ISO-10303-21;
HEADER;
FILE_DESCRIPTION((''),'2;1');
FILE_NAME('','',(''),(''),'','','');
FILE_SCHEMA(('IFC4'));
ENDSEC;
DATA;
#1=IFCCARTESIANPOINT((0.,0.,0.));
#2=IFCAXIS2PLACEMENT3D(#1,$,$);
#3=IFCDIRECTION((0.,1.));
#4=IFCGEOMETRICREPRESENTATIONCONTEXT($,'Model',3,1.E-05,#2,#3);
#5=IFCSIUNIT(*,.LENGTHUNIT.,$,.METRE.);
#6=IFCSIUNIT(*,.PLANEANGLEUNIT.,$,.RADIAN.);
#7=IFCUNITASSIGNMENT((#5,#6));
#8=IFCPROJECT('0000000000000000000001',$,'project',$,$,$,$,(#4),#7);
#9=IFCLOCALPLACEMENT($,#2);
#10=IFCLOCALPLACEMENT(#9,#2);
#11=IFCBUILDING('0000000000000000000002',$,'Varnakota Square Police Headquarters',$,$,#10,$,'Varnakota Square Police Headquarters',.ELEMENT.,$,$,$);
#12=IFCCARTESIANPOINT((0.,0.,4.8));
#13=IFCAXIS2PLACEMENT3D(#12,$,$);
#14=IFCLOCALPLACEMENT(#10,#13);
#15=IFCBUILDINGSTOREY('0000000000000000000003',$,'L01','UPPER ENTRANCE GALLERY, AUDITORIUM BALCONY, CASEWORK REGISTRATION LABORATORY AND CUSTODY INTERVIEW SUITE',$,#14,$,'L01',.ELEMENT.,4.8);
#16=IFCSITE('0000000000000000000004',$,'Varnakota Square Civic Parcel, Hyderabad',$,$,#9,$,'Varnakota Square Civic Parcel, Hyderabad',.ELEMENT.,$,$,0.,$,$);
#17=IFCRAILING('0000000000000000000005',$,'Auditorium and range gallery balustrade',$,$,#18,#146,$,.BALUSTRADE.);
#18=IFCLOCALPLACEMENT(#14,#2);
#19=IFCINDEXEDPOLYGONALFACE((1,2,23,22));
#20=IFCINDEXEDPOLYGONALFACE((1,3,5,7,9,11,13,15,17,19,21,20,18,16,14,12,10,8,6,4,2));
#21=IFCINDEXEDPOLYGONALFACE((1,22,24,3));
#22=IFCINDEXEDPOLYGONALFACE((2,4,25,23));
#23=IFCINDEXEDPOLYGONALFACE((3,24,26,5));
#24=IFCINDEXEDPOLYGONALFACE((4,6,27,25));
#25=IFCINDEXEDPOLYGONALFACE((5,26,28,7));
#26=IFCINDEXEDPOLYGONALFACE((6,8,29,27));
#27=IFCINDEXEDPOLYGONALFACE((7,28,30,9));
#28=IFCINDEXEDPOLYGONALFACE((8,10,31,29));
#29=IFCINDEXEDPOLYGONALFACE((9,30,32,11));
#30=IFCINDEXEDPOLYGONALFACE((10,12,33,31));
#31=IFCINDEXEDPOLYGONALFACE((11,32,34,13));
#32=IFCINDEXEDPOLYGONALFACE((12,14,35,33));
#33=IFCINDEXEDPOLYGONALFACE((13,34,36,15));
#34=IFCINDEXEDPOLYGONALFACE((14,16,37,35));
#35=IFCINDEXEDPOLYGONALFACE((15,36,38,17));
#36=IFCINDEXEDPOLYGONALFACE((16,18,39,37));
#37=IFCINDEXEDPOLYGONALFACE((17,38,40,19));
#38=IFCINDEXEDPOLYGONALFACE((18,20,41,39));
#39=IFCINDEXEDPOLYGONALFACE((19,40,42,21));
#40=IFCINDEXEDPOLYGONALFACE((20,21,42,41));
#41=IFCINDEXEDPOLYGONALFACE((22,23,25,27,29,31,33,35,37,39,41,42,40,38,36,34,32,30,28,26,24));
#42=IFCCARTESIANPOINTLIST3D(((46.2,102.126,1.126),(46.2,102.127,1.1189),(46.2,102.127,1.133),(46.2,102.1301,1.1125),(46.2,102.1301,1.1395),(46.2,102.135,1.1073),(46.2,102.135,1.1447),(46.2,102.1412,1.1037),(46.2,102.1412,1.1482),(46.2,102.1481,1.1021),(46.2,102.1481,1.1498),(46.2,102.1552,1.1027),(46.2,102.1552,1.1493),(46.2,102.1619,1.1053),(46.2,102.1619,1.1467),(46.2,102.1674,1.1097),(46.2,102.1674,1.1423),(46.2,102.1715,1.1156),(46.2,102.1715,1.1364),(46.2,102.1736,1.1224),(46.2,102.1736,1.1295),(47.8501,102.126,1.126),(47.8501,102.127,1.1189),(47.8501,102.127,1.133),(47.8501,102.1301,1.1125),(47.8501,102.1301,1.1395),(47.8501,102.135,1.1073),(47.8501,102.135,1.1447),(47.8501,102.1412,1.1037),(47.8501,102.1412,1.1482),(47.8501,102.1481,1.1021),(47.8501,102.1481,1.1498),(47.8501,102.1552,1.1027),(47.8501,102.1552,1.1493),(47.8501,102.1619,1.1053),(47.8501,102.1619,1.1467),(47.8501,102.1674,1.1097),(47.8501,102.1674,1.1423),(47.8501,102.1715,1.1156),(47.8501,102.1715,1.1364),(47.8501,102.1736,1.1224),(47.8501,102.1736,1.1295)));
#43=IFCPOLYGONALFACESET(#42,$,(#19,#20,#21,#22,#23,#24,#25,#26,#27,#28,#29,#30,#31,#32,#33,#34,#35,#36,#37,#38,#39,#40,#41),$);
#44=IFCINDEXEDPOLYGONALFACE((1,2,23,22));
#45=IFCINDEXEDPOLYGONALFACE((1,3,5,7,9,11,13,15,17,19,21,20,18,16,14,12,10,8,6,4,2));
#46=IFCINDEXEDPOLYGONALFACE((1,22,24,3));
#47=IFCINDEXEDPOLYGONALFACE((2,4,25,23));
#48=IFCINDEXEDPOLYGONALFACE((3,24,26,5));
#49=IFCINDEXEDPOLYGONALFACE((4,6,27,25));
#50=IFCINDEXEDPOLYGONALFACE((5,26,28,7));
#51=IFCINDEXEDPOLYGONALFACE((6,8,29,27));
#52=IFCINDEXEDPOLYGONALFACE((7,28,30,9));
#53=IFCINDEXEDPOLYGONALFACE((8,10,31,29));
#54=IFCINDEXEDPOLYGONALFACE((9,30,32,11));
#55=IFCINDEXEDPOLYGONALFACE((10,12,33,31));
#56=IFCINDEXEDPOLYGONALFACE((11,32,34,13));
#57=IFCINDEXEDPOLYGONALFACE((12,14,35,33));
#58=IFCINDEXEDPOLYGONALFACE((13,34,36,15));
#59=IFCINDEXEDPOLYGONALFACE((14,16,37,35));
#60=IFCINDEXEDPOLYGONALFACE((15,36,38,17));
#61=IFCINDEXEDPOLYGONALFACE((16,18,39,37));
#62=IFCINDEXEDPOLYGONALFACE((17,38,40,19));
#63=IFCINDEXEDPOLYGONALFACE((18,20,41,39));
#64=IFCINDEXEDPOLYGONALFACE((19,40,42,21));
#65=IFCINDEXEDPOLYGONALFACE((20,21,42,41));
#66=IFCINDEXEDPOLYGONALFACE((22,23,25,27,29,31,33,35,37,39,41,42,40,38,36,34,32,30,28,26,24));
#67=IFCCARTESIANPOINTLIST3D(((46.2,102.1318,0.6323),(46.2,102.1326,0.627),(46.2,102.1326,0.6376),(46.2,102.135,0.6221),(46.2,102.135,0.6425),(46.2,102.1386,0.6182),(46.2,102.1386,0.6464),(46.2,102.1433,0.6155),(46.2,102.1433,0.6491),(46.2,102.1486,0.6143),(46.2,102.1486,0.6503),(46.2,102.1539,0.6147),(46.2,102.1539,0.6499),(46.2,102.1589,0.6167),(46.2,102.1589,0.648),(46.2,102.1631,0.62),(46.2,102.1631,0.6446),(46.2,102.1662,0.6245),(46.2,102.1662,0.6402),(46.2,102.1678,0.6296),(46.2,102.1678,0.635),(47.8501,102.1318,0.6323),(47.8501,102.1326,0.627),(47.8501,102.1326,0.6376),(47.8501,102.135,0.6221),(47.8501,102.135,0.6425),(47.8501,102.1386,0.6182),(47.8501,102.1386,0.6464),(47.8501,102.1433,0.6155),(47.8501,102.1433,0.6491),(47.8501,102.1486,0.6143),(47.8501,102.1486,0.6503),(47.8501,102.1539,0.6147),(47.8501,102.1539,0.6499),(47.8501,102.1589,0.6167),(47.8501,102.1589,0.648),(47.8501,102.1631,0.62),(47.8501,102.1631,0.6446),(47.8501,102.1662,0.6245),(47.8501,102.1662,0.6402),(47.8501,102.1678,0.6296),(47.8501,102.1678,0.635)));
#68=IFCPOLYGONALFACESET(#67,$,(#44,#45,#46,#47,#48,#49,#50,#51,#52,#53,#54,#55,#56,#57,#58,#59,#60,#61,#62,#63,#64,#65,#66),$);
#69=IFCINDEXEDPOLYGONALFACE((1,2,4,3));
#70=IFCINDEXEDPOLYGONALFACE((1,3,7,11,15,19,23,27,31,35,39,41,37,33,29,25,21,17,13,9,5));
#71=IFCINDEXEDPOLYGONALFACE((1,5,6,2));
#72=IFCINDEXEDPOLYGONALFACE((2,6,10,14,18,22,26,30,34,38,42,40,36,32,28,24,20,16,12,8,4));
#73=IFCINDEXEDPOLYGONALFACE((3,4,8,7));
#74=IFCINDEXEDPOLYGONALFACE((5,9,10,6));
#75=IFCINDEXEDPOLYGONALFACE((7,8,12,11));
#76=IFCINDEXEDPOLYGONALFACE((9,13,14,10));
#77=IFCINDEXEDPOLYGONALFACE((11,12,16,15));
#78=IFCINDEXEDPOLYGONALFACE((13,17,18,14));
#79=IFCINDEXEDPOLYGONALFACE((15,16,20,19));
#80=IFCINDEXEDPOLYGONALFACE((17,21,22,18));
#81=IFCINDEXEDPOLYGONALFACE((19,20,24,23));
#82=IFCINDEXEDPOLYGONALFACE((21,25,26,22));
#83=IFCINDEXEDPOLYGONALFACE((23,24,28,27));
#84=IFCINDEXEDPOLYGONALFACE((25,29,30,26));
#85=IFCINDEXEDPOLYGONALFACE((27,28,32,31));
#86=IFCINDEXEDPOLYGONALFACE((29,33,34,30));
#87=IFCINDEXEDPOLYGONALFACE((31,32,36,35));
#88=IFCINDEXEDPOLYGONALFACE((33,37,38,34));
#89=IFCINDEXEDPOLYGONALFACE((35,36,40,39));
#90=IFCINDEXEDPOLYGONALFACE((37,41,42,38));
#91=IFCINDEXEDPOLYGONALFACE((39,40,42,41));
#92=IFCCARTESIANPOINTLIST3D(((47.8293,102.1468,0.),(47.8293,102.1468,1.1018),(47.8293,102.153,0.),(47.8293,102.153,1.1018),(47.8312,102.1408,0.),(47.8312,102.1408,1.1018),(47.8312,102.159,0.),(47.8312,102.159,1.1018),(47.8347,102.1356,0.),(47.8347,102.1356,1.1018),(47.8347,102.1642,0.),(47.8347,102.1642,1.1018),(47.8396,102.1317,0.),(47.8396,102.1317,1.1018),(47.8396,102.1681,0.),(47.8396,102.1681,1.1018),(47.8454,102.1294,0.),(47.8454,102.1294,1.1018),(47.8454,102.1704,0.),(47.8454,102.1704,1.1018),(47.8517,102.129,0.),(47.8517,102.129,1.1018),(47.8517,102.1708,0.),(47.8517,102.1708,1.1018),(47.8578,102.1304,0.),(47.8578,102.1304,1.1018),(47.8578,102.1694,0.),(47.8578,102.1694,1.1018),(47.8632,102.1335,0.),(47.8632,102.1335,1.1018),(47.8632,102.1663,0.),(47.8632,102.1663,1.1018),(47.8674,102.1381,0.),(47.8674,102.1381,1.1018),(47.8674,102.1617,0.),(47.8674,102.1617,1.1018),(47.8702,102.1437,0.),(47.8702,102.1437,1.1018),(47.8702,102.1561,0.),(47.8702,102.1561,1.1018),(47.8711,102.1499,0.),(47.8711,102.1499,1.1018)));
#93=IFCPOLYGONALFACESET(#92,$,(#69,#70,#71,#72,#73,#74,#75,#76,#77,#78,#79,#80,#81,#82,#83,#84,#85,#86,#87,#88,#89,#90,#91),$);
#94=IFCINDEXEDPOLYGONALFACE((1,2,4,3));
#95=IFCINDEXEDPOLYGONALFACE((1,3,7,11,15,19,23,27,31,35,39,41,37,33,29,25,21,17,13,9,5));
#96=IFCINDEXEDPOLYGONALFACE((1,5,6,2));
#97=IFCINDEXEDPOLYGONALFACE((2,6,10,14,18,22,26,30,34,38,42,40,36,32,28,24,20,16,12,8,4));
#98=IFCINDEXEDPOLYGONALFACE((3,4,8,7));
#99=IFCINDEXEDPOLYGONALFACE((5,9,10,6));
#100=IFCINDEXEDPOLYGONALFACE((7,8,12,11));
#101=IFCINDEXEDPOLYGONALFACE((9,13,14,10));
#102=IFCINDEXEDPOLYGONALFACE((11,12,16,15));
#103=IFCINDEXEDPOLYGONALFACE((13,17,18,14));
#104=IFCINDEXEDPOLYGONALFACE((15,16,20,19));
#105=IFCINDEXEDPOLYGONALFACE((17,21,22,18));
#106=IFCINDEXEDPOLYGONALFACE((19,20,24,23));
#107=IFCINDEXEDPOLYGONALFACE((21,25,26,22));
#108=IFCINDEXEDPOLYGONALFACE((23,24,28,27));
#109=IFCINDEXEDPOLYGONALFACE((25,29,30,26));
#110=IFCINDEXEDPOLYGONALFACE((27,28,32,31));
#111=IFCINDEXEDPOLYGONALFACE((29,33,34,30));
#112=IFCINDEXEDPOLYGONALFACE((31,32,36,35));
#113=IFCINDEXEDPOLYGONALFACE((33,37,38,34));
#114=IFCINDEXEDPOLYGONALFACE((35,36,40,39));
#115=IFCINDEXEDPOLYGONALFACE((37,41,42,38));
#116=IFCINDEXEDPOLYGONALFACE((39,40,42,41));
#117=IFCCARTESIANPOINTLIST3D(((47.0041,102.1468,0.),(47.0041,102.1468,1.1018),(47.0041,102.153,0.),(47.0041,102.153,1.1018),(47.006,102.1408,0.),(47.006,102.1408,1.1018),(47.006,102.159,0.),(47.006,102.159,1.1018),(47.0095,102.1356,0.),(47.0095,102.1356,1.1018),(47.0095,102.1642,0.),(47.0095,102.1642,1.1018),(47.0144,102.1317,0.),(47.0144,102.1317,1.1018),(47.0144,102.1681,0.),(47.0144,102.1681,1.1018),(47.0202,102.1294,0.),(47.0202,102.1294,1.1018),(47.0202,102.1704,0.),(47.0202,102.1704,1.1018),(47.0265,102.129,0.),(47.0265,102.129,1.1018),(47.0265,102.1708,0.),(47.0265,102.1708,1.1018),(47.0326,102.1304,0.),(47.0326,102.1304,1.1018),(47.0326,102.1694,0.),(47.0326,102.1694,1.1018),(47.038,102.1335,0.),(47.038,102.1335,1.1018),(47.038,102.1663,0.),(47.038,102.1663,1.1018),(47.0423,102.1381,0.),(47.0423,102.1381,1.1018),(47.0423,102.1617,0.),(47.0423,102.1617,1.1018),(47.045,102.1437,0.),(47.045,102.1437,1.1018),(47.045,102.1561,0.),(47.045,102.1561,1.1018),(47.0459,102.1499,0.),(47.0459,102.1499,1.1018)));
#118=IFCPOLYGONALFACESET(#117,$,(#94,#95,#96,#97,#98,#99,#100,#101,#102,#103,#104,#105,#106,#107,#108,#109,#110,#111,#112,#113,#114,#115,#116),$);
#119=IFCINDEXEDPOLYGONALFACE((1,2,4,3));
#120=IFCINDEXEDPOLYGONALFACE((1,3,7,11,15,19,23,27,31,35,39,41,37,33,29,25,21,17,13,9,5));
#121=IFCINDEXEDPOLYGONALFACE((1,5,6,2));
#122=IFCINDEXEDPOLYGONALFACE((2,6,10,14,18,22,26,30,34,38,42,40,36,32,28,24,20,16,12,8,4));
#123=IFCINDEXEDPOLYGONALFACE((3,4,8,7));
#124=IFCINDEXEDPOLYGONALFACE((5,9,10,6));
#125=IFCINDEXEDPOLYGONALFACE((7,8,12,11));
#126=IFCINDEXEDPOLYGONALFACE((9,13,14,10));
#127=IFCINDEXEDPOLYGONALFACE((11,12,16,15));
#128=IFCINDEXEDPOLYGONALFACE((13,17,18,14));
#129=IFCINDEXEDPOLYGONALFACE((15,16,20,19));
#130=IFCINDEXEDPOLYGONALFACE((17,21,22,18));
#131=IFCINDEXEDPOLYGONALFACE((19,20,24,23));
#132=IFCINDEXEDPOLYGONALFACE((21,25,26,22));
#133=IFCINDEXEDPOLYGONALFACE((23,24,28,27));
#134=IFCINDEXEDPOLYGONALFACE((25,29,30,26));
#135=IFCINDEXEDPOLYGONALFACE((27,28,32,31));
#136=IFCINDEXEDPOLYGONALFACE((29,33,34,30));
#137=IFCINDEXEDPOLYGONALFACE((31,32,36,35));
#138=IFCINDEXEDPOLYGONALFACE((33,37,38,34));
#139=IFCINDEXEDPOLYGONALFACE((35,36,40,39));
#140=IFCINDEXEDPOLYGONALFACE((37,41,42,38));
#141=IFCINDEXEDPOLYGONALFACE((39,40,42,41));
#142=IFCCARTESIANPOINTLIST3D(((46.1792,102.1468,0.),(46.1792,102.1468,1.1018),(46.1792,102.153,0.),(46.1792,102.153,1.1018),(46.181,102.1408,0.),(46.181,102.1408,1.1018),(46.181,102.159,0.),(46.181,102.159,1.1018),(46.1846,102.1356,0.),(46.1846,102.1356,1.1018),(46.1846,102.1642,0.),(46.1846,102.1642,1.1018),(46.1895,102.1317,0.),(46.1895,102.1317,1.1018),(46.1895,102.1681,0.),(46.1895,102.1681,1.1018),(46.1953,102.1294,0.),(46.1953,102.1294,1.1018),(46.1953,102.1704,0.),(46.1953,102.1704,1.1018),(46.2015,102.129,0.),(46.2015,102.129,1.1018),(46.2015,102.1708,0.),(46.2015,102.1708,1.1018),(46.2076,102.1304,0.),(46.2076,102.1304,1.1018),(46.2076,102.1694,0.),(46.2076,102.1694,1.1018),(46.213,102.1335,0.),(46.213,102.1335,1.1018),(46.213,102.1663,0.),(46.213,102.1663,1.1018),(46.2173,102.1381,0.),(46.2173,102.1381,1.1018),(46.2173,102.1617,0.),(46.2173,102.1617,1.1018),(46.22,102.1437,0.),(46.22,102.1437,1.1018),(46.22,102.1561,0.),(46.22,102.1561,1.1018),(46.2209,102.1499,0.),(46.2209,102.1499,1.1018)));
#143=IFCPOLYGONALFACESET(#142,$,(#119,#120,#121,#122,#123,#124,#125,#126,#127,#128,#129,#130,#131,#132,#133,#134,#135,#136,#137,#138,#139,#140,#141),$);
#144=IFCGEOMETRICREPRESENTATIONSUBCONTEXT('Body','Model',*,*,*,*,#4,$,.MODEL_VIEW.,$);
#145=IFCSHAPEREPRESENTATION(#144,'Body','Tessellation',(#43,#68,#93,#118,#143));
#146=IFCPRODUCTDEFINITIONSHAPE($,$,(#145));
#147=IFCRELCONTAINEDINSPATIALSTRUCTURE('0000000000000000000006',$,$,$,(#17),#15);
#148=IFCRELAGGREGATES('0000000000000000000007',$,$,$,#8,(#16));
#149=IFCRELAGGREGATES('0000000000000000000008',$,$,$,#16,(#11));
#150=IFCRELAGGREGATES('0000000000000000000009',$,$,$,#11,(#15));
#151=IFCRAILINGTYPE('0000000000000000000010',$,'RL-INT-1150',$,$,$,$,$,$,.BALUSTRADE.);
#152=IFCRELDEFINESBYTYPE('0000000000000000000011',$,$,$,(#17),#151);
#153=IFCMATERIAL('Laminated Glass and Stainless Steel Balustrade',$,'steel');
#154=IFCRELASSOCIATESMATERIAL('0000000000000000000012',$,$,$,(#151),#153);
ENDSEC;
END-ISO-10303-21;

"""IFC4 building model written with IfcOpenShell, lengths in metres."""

from ifc_helpers import new_model, si_unit, direction, frame, origin, origin_2d, place, context, subcontext, project, spatial, circle, extrude, material, type_object, element, save


model = new_model("IFC4")

# Units and contexts
model_context = context("Model", 3, precision=1e-05, world=origin(), true_north=direction((0.0, 1.0)))
body_context = subcontext(model_context, "Body", "Model", "MODEL_VIEW")
ifc_project = project(units=[si_unit("LENGTHUNIT", "METRE"), si_unit("PLANEANGLEUNIT", "RADIAN")], contexts=[model_context])

# Site, building, storey
site_placement = place(None, origin())
site = spatial("IfcSite", under=ifc_project, at=site_placement, Name="Varnakota Square Civic Parcel, Hyderabad", LongName="Varnakota Square Civic Parcel, Hyderabad", CompositionType="ELEMENT", RefElevation=0.0)
building_placement = place(site_placement, origin())
building = spatial("IfcBuilding", under=site, at=building_placement, Name="Varnakota Square Police Headquarters", LongName="Varnakota Square Police Headquarters", CompositionType="ELEMENT")
storey_placement = place(building_placement, frame((0.0, 0.0, 4.8)))
storey = spatial("IfcBuildingStorey", under=building, at=storey_placement, Name="L01", Description="UPPER ENTRANCE GALLERY, AUDITORIUM BALCONY, CASEWORK REGISTRATION LABORATORY AND CUSTODY INTERVIEW SUITE", LongName="L01", CompositionType="ELEMENT", Elevation=4.8)

# Railing
ifc_material_1 = material(Name="Laminated Glass and Stainless Steel Balustrade", Category="steel")
railing_type_1 = type_object("IfcRailingType", Name="RL-INT-1150", PredefinedType="BALUSTRADE", material=ifc_material_1)
railing_1_placement = place(storey_placement, frame((47.8501, 102.1499, 0.0)))
element("IfcRailing", 1, at=railing_1_placement, inside=storey, type_object=railing_type_1, Name="Auditorium and range gallery balustrade", PredefinedType="BALUSTRADE", context=body_context, shape_type="SweptSolid", body=[
    extrude(circle(Radius=0.0239, at=origin_2d()), frame((0.0, 0.0, 1.126), z_axis=(-1.0, 0.0, 0.0), x_axis=(0.0, -1.0, 0.0)), (0.0, 0.0, 1.0), 1.6501),
    extrude(circle(Radius=0.0181, at=origin_2d()), frame((0.0, 0.0, 0.6323), z_axis=(-1.0, 0.0, 0.0), x_axis=(0.0, -1.0, 0.0)), (0.0, 0.0, 1.0), 1.6501),
    extrude(circle(Radius=0.021, at=origin_2d()), origin(), (0.0, 0.0, 1.0), 1.1018),
    extrude(circle(Radius=0.021, at=origin_2d()), frame((-0.8252, 0.0, 0.0)), (0.0, 0.0, 1.0), 1.1018),
    extrude(circle(Radius=0.021, at=origin_2d()), frame((-1.6501, 0.0, 0.0)), (0.0, 0.0, 1.0), 1.1018),
])

save(model, "model.ifc")
